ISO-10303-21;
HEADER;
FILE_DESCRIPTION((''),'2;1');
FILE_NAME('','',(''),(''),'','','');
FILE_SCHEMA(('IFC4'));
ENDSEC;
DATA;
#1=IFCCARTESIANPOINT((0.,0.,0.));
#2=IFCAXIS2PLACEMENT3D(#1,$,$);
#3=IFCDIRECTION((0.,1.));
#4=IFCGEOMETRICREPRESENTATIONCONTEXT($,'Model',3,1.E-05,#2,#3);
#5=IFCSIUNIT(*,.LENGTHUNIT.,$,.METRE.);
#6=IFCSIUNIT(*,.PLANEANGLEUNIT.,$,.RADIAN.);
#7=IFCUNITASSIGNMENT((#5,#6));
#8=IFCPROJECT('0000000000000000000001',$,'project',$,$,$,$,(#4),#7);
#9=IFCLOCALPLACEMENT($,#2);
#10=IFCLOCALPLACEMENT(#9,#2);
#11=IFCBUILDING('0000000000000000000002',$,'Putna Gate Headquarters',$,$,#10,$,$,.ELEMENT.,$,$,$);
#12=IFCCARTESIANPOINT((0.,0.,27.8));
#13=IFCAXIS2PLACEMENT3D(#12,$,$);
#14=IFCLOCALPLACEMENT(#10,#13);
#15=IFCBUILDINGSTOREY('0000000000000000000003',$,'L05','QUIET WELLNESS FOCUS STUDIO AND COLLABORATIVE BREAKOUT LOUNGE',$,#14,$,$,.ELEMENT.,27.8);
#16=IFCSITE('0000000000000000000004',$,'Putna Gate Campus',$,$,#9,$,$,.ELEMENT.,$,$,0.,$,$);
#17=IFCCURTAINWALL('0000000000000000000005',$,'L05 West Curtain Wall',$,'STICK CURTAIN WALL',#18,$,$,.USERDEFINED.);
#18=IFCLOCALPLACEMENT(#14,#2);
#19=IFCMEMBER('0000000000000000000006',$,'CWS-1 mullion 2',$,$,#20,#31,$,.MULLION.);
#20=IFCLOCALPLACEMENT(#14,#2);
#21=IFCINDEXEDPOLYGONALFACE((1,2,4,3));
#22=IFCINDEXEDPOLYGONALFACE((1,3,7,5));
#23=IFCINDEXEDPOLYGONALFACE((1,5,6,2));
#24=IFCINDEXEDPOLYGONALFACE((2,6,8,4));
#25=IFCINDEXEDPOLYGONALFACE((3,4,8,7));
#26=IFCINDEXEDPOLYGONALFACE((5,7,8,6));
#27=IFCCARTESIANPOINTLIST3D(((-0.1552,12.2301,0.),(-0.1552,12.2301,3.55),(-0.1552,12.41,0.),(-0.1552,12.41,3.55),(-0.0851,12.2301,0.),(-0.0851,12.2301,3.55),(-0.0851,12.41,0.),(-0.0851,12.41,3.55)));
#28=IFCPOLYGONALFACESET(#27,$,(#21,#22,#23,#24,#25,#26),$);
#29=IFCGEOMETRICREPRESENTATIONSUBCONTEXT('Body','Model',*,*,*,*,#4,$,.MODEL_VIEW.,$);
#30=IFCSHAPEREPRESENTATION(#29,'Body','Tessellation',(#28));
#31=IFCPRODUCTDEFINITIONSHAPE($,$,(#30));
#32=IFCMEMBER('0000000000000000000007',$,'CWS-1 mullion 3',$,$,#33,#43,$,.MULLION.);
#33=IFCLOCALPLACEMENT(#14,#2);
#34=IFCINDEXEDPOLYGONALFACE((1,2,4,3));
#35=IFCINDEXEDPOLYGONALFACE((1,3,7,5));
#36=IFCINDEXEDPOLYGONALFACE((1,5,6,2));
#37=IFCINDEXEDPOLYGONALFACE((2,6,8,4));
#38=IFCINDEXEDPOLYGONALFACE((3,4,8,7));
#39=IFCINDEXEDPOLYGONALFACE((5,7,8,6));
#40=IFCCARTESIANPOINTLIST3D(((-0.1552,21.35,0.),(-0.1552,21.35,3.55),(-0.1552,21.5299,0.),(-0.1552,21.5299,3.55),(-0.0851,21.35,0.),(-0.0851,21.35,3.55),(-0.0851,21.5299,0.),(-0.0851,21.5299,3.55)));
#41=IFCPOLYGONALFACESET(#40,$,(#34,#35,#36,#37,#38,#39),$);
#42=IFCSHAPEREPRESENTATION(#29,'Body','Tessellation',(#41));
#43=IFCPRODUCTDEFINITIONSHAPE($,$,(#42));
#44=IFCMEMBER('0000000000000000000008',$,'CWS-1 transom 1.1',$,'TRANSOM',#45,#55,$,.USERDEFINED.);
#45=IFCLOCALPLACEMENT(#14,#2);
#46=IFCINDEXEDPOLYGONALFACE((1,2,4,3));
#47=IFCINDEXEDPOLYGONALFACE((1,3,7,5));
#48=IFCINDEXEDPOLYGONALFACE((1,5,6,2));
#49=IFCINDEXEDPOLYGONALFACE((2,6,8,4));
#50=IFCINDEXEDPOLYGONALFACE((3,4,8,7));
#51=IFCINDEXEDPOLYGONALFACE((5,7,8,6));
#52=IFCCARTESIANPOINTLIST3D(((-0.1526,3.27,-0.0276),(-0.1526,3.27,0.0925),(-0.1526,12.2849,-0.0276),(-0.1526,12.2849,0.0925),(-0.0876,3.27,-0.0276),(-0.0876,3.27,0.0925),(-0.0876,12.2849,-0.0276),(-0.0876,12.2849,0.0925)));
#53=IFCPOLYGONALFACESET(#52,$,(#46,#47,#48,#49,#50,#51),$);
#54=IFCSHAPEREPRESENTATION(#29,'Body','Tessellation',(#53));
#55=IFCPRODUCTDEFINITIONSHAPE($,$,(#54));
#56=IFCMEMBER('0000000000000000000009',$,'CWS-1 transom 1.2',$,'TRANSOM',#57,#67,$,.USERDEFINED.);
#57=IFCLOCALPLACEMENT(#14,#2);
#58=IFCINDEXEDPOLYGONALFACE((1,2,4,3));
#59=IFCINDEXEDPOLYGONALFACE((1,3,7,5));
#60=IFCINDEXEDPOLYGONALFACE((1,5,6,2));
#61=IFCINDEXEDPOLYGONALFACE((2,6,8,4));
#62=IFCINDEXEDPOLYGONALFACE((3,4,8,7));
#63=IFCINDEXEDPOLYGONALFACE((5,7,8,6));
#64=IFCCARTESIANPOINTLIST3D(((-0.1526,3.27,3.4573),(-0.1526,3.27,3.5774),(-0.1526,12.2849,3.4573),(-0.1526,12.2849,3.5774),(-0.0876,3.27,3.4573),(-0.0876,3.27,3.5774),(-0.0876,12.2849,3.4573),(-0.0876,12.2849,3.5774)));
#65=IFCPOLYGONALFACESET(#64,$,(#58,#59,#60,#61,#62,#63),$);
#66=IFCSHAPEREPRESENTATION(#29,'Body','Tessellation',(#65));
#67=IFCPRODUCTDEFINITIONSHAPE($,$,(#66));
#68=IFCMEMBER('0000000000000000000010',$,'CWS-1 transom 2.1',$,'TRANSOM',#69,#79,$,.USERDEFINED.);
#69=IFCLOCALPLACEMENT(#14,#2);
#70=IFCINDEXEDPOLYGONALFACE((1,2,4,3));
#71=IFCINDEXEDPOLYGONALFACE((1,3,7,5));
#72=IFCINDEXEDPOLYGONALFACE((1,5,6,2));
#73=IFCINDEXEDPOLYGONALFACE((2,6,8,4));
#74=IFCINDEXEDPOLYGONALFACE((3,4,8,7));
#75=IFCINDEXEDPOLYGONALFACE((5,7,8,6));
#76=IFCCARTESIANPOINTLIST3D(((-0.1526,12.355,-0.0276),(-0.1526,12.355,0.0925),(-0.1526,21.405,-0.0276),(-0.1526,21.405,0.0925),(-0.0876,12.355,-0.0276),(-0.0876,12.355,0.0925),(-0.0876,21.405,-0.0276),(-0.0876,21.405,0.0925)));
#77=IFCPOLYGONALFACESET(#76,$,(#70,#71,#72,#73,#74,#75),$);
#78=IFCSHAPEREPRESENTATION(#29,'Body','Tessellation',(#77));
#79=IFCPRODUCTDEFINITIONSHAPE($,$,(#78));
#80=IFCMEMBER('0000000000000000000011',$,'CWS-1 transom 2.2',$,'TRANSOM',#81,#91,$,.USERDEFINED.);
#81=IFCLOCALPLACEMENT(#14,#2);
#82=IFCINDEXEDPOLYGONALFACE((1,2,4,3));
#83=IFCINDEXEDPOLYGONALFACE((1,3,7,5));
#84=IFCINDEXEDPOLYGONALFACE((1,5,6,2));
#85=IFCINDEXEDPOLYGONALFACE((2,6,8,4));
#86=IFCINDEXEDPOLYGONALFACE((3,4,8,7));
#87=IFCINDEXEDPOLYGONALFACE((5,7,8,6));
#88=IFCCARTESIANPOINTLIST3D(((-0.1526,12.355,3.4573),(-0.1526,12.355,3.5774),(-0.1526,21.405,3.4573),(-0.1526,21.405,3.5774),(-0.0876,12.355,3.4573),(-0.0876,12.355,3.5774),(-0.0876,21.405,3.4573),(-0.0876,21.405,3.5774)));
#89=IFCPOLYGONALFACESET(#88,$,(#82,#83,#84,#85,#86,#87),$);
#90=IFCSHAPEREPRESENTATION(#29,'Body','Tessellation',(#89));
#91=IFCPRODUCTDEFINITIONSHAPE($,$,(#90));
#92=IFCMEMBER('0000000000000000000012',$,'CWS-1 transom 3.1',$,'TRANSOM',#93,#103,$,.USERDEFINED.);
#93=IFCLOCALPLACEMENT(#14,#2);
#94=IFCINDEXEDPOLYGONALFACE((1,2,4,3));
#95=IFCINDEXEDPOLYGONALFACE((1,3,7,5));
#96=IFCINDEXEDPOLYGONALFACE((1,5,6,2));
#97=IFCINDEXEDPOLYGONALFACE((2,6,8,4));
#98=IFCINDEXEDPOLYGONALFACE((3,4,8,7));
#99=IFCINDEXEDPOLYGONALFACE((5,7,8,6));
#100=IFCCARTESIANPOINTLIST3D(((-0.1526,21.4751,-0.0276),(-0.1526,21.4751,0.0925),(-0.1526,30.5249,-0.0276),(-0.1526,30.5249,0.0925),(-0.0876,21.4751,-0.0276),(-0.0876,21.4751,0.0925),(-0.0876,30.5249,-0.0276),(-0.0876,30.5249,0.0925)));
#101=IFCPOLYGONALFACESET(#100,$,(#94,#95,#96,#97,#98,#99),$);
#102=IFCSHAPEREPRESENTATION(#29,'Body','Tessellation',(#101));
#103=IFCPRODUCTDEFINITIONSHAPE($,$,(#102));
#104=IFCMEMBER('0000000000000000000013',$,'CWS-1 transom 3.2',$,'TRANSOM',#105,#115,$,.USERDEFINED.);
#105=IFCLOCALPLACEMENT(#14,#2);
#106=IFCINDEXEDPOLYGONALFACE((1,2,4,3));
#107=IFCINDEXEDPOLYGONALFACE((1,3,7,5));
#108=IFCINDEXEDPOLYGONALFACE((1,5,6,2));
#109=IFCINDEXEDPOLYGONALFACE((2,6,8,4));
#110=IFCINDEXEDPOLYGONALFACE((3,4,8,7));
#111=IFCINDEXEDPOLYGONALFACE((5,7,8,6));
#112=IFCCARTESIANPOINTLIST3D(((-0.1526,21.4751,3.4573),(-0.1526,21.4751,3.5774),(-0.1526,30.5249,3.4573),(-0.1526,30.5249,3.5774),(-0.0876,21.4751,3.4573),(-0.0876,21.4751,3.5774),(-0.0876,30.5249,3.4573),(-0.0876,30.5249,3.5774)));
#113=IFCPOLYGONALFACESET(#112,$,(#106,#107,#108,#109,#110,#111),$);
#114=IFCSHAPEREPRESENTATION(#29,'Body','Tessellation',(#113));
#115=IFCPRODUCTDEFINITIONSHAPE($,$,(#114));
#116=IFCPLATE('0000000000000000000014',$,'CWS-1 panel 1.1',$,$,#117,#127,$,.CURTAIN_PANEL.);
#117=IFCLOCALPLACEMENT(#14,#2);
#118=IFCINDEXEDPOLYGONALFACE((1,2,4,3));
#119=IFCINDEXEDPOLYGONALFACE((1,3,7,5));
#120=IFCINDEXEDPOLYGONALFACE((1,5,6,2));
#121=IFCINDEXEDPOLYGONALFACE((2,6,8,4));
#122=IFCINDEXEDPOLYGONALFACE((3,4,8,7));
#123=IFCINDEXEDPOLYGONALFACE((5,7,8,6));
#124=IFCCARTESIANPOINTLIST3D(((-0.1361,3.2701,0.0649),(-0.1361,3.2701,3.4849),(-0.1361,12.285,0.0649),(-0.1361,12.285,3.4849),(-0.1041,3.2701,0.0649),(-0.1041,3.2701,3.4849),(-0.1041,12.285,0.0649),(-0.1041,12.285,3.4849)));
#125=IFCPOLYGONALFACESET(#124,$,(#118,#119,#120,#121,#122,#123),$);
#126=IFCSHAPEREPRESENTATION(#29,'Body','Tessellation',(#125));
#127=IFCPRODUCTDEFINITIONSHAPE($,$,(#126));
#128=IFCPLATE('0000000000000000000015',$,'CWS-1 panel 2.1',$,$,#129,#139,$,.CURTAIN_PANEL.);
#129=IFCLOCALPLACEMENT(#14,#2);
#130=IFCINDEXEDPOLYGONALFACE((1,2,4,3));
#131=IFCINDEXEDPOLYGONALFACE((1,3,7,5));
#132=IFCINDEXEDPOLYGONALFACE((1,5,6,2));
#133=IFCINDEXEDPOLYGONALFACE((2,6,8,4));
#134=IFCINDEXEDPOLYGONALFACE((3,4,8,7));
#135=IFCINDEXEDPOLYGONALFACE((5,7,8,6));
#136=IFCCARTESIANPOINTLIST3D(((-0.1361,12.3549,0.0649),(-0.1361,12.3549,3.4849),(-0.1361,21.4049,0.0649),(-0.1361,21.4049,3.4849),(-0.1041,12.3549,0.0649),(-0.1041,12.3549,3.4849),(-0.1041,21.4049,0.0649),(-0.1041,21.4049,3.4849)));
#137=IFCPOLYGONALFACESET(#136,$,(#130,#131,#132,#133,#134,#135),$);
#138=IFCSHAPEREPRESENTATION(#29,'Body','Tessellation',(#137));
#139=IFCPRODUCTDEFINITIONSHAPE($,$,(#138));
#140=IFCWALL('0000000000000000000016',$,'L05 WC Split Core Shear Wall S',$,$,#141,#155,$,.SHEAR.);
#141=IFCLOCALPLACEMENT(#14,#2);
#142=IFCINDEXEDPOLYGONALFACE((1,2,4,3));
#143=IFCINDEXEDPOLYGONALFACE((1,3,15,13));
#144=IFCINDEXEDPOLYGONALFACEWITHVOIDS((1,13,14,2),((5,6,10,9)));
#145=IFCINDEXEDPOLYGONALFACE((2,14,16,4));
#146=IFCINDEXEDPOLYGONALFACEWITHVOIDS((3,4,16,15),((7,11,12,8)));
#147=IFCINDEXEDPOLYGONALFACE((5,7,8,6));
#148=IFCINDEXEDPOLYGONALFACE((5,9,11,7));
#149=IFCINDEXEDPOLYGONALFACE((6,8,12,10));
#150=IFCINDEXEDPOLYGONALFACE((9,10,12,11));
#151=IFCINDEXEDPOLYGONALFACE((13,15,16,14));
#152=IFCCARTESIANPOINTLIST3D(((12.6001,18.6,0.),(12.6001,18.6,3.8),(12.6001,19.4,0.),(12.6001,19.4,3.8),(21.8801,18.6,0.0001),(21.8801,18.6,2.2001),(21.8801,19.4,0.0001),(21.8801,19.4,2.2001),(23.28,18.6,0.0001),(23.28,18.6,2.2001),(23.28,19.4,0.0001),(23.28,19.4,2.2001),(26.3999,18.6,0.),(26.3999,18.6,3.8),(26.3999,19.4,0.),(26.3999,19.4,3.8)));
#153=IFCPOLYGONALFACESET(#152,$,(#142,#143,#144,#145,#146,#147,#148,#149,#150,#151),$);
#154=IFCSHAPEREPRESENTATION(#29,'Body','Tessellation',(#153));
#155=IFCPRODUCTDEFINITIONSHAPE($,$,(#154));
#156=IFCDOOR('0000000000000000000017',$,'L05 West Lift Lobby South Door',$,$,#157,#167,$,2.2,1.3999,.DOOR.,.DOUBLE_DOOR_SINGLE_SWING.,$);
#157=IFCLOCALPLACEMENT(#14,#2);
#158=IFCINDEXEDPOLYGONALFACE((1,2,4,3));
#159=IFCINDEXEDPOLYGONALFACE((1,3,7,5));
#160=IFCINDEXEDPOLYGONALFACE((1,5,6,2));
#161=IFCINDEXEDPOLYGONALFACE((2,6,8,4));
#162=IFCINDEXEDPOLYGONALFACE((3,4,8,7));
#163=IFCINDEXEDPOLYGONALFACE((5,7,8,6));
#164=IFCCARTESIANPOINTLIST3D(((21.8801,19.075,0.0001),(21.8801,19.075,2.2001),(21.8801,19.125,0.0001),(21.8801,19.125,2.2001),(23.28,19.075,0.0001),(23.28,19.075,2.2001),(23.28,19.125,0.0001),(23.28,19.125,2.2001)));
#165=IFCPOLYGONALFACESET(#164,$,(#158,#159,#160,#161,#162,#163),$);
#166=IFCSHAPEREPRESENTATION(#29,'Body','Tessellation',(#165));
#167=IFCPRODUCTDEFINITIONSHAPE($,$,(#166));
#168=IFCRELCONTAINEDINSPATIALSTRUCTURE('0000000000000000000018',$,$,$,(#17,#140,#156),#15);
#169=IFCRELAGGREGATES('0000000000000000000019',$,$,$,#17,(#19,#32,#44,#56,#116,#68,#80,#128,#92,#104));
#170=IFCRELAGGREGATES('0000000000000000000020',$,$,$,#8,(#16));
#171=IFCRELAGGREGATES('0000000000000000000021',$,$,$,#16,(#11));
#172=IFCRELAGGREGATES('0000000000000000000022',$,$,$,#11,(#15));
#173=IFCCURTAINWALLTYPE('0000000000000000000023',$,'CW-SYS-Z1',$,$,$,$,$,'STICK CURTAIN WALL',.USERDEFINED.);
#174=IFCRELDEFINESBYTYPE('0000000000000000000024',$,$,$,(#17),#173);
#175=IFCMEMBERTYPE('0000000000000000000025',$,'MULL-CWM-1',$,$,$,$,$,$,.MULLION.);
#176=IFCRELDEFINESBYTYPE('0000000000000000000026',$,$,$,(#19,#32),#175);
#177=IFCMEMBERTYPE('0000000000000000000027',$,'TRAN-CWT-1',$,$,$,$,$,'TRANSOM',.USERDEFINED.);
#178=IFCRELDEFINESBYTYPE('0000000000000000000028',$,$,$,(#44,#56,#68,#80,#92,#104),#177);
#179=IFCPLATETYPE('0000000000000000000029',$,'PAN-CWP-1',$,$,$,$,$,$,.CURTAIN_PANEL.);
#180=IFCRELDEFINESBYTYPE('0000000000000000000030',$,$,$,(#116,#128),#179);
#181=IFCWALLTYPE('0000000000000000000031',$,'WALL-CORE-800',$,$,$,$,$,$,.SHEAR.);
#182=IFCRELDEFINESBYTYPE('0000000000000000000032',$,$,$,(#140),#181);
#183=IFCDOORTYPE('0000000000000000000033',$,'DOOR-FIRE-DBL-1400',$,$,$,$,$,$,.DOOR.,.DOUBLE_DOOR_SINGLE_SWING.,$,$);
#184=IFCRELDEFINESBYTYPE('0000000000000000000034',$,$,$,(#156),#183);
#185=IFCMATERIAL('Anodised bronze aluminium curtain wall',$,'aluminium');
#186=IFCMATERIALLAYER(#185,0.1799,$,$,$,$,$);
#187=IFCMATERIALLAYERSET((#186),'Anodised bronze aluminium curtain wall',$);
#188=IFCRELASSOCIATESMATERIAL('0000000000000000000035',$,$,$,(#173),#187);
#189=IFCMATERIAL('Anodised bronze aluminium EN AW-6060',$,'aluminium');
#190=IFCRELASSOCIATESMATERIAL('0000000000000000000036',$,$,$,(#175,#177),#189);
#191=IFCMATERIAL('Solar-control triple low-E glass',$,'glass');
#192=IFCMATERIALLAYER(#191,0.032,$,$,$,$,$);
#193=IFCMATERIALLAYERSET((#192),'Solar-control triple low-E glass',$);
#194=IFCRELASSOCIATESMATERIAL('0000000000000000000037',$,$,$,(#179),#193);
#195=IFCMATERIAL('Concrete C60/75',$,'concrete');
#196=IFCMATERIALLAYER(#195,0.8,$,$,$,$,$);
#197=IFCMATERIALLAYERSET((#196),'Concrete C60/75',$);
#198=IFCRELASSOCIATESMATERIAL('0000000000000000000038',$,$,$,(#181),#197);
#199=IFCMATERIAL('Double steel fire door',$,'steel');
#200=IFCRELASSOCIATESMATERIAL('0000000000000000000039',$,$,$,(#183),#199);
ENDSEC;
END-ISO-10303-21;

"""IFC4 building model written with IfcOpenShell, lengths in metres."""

from ifc_helpers import new_model, si_unit, direction, frame, frame_2d, origin, origin_2d, place, context, subcontext, project, spatial, rectangle, extrude, material, layer, layer_set, material_profile, profile_set, type_object, element, fill, aggregate, save


model = new_model("IFC4")

# Units and contexts
model_context = context("Model", 3, precision=1e-05, world=origin(), true_north=direction((0.0, 1.0)))
body_context = subcontext(model_context, "Body", "Model", "MODEL_VIEW")
ifc_project = project(units=[si_unit("LENGTHUNIT", "METRE"), si_unit("PLANEANGLEUNIT", "RADIAN")], contexts=[model_context])

# Site, building, storey
site_placement = place(None, origin())
site = spatial("IfcSite", under=ifc_project, at=site_placement, Name="Putna Gate Campus", CompositionType="ELEMENT", RefElevation=0.0)
building_placement = place(site_placement, origin())
building = spatial("IfcBuilding", under=site, at=building_placement, Name="Putna Gate Headquarters", CompositionType="ELEMENT")
storey_placement = place(building_placement, frame((0.0, 0.0, 27.8)))
storey = spatial("IfcBuildingStorey", under=building, at=storey_placement, Name="L05", Description="QUIET WELLNESS FOCUS STUDIO AND COLLABORATIVE BREAKOUT LOUNGE", CompositionType="ELEMENT", Elevation=27.8)

# Shared definitions
ifc_material_1 = material(Name="Concrete C60/75", Category="concrete")

# Curtain wall, members, plates
ifc_material_2 = material(Name="Anodised bronze aluminium curtain wall", Category="aluminium")
ifc_layer_1 = layer(ifc_material_2, 0.1799)
ifc_layer_set_1 = layer_set([ifc_layer_1], Name="Anodised bronze aluminium curtain wall")
curtain_wall_type = type_object("IfcCurtainWallType", Name="CW-SYS-Z1", ElementType="STICK CURTAIN WALL", PredefinedType="USERDEFINED", material=ifc_layer_set_1)
curtain_wall_placement = place(storey_placement, origin())
curtain_wall = element("IfcCurtainWall", 1, at=curtain_wall_placement, inside=storey, type_object=curtain_wall_type, Name="L05 West Curtain Wall", ObjectType="STICK CURTAIN WALL", PredefinedType="USERDEFINED")
ifc_material_3 = material(Name="Anodised bronze aluminium EN AW-6060", Category="aluminium")
ifc_material_profile_1 = material_profile(ifc_material_3, rectangle(XDim=0.0701, YDim=0.1799, at=origin_2d()), Name="Anodised bronze aluminium EN AW-6060")
ifc_profile_set_1 = profile_set([ifc_material_profile_1], Name="Anodised bronze aluminium EN AW-6060")
member_type_1 = type_object("IfcMemberType", Name="MULL-CWM-1", PredefinedType="MULLION", material=ifc_profile_set_1)
member_1_placement = place(storey_placement, frame((-0.1201, 12.3201, 0.0), z_axis=(0.0, 0.0, 1.0), x_axis=(-1.0, 0.0, 0.0)))
member_1 = element("IfcMember", 2, at=member_1_placement, type_object=member_type_1, Name="CWS-1 mullion 2", PredefinedType="MULLION", context=body_context, shape_type="SweptSolid", body=[
    extrude(rectangle(XDim=0.0701, YDim=0.1799, at=origin_2d()), origin(), (0.0, 0.0, 1.0), 3.55),
])
member_2_placement = place(storey_placement, frame((-0.1201, 21.4399, 0.0), z_axis=(0.0, 0.0, 1.0), x_axis=(-1.0, 0.0, 0.0)))
member_2 = element("IfcMember", 3, at=member_2_placement, type_object=member_type_1, Name="CWS-1 mullion 3", PredefinedType="MULLION", context=body_context, shape_type="SweptSolid", body=[
    extrude(rectangle(XDim=0.0701, YDim=0.1799, at=origin_2d()), origin(), (0.0, 0.0, 1.0), 3.55),
])
ifc_material_profile_2 = material_profile(ifc_material_3, rectangle(XDim=0.0649, YDim=0.1201, at=origin_2d()), Name="Anodised bronze aluminium EN AW-6060")
ifc_profile_set_2 = profile_set([ifc_material_profile_2], Name="Anodised bronze aluminium EN AW-6060")
member_type_2 = type_object("IfcMemberType", Name="TRAN-CWT-1", ElementType="TRANSOM", PredefinedType="USERDEFINED", material=ifc_profile_set_2)
member_3_placement = place(storey_placement, frame((-0.1201, 3.27, 0.0325), z_axis=(0.0, 1.0, 0.0), x_axis=(-1.0, 0.0, 0.0)))
member_3 = element("IfcMember", 4, at=member_3_placement, type_object=member_type_2, Name="CWS-1 transom 1.1", ObjectType="TRANSOM", PredefinedType="USERDEFINED", context=body_context, shape_type="SweptSolid", body=[
    extrude(rectangle(XDim=0.0649, YDim=0.1201, at=origin_2d()), origin(), (0.0, 0.0, 1.0), 9.0149),
])
member_4_placement = place(storey_placement, frame((-0.1201, 3.27, 3.5173), z_axis=(0.0, 1.0, 0.0), x_axis=(-1.0, 0.0, 0.0)))
member_4 = element("IfcMember", 5, at=member_4_placement, type_object=member_type_2, Name="CWS-1 transom 1.2", ObjectType="TRANSOM", PredefinedType="USERDEFINED", context=body_context, shape_type="SweptSolid", body=[
    extrude(rectangle(XDim=0.0649, YDim=0.1201, at=origin_2d()), origin(), (0.0, 0.0, 1.0), 9.0149),
])
member_5_placement = place(storey_placement, frame((-0.1201, 12.355, 0.0325), z_axis=(0.0, 1.0, 0.0), x_axis=(-1.0, 0.0, 0.0)))
member_5 = element("IfcMember", 6, at=member_5_placement, type_object=member_type_2, Name="CWS-1 transom 2.1", ObjectType="TRANSOM", PredefinedType="USERDEFINED", context=body_context, shape_type="SweptSolid", body=[
    extrude(rectangle(XDim=0.0649, YDim=0.1201, at=origin_2d()), origin(), (0.0, 0.0, 1.0), 9.05),
])
member_6_placement = place(storey_placement, frame((-0.1201, 12.355, 3.5173), z_axis=(0.0, 1.0, 0.0), x_axis=(-1.0, 0.0, 0.0)))
member_6 = element("IfcMember", 7, at=member_6_placement, type_object=member_type_2, Name="CWS-1 transom 2.2", ObjectType="TRANSOM", PredefinedType="USERDEFINED", context=body_context, shape_type="SweptSolid", body=[
    extrude(rectangle(XDim=0.0649, YDim=0.1201, at=origin_2d()), origin(), (0.0, 0.0, 1.0), 9.05),
])
member_7_placement = place(storey_placement, frame((-0.1201, 21.4751, 0.0325), z_axis=(0.0, 1.0, 0.0), x_axis=(-1.0, 0.0, 0.0)))
member_7 = element("IfcMember", 8, at=member_7_placement, type_object=member_type_2, Name="CWS-1 transom 3.1", ObjectType="TRANSOM", PredefinedType="USERDEFINED", context=body_context, shape_type="SweptSolid", body=[
    extrude(rectangle(XDim=0.0649, YDim=0.1201, at=origin_2d()), origin(), (0.0, 0.0, 1.0), 9.0498),
])
member_8_placement = place(storey_placement, frame((-0.1201, 21.4751, 3.5173), z_axis=(0.0, 1.0, 0.0), x_axis=(-1.0, 0.0, 0.0)))
member_8 = element("IfcMember", 9, at=member_8_placement, type_object=member_type_2, Name="CWS-1 transom 3.2", ObjectType="TRANSOM", PredefinedType="USERDEFINED", context=body_context, shape_type="SweptSolid", body=[
    extrude(rectangle(XDim=0.0649, YDim=0.1201, at=origin_2d()), origin(), (0.0, 0.0, 1.0), 9.0498),
])
ifc_material_4 = material(Name="Solar-control triple low-E glass", Category="glass")
ifc_layer_2 = layer(ifc_material_4, 0.032)
ifc_layer_set_2 = layer_set([ifc_layer_2], Name="Solar-control triple low-E glass")
plate_type = type_object("IfcPlateType", Name="PAN-CWP-1", PredefinedType="CURTAIN_PANEL", material=ifc_layer_set_2)
plate_1_placement = place(storey_placement, frame((-0.1201, 7.7776, 0.0649), z_axis=(0.0, 0.0, 1.0), x_axis=(0.0, 1.0, 0.0)))
plate_1 = element("IfcPlate", 10, at=plate_1_placement, type_object=plate_type, Name="CWS-1 panel 1.1", PredefinedType="CURTAIN_PANEL", context=body_context, shape_type="SweptSolid", body=[
    extrude(rectangle(XDim=9.0149, YDim=0.032, at=origin_2d()), origin(), (0.0, 0.0, 1.0), 3.4199),
])
plate_2_placement = place(storey_placement, frame((-0.1201, 16.8799, 0.0649), z_axis=(0.0, 0.0, 1.0), x_axis=(0.0, 1.0, 0.0)))
plate_2 = element("IfcPlate", 11, at=plate_2_placement, type_object=plate_type, Name="CWS-1 panel 2.1", PredefinedType="CURTAIN_PANEL", context=body_context, shape_type="SweptSolid", body=[
    extrude(rectangle(XDim=9.05, YDim=0.032, at=origin_2d()), origin(), (0.0, 0.0, 1.0), 3.4199),
])
aggregate(curtain_wall, [member_1, member_2, member_3, member_4, plate_1, member_5, member_6, plate_2, member_7, member_8])

# Wall, opening, door
ifc_layer_3 = layer(ifc_material_1, 0.8)
ifc_layer_set_3 = layer_set([ifc_layer_3], Name="Concrete C60/75")
wall_type_1 = type_object("IfcWallType", Name="WALL-CORE-800", PredefinedType="SHEAR", material=ifc_layer_set_3)
wall_1_placement = place(storey_placement, frame((12.6001, 19.0, 0.0), z_axis=(0.0, 0.0, 1.0), x_axis=(1.0, 0.0, 0.0)))
wall_1 = element("IfcWall", 12, at=wall_1_placement, inside=storey, type_object=wall_type_1, Name="L05 WC Split Core Shear Wall S", PredefinedType="SHEAR", context=body_context, shape_type="SweptSolid", body=[
    extrude(rectangle(XDim=13.7998, YDim=0.8, at=frame_2d((6.8999, 0.0))), origin(), (0.0, 0.0, 1.0), 3.8),
])
opening_1_placement = place(wall_1_placement, frame((9.28, 0.0, 0.0)))
opening_1 = element("IfcOpeningElement", 13, at=opening_1_placement, cuts=wall_1, PredefinedType="OPENING", context=body_context, shape_type="SweptSolid", body=[
    extrude(rectangle(XDim=1.3999, YDim=2.2, at=frame_2d((0.7, 1.1001))), frame((0.0, 0.4099, 0.0), z_axis=(0.0, -1.0, 0.0), x_axis=(1.0, 0.0, 0.0)), (0.0, 0.0, 1.0), 0.8201),
])
ifc_material_5 = material(Name="Double steel fire door", Category="steel")
door_type_1 = type_object("IfcDoorType", Name="DOOR-FIRE-DBL-1400", OperationType="DOUBLE_DOOR_SINGLE_SWING", PredefinedType="DOOR", material=ifc_material_5)
door_1_placement = place(opening_1_placement, origin())
door_1 = element("IfcDoor", 14, at=door_1_placement, inside=storey, type_object=door_type_1, Name="L05 West Lift Lobby South Door", OperationType="DOUBLE_DOOR_SINGLE_SWING", OverallHeight=2.2, OverallWidth=1.3999, PredefinedType="DOOR", context=body_context, shape_type="SweptSolid", body=[
    extrude(rectangle(XDim=1.3999, YDim=2.2, at=frame_2d((0.7, 1.1001))), frame((0.0, 0.125, 0.0), z_axis=(0.0, -1.0, 0.0), x_axis=(1.0, 0.0, 0.0)), (0.0, 0.0, 1.0), 0.05),
])
fill(opening_1, door_1)

save(model, "model.ifc")
